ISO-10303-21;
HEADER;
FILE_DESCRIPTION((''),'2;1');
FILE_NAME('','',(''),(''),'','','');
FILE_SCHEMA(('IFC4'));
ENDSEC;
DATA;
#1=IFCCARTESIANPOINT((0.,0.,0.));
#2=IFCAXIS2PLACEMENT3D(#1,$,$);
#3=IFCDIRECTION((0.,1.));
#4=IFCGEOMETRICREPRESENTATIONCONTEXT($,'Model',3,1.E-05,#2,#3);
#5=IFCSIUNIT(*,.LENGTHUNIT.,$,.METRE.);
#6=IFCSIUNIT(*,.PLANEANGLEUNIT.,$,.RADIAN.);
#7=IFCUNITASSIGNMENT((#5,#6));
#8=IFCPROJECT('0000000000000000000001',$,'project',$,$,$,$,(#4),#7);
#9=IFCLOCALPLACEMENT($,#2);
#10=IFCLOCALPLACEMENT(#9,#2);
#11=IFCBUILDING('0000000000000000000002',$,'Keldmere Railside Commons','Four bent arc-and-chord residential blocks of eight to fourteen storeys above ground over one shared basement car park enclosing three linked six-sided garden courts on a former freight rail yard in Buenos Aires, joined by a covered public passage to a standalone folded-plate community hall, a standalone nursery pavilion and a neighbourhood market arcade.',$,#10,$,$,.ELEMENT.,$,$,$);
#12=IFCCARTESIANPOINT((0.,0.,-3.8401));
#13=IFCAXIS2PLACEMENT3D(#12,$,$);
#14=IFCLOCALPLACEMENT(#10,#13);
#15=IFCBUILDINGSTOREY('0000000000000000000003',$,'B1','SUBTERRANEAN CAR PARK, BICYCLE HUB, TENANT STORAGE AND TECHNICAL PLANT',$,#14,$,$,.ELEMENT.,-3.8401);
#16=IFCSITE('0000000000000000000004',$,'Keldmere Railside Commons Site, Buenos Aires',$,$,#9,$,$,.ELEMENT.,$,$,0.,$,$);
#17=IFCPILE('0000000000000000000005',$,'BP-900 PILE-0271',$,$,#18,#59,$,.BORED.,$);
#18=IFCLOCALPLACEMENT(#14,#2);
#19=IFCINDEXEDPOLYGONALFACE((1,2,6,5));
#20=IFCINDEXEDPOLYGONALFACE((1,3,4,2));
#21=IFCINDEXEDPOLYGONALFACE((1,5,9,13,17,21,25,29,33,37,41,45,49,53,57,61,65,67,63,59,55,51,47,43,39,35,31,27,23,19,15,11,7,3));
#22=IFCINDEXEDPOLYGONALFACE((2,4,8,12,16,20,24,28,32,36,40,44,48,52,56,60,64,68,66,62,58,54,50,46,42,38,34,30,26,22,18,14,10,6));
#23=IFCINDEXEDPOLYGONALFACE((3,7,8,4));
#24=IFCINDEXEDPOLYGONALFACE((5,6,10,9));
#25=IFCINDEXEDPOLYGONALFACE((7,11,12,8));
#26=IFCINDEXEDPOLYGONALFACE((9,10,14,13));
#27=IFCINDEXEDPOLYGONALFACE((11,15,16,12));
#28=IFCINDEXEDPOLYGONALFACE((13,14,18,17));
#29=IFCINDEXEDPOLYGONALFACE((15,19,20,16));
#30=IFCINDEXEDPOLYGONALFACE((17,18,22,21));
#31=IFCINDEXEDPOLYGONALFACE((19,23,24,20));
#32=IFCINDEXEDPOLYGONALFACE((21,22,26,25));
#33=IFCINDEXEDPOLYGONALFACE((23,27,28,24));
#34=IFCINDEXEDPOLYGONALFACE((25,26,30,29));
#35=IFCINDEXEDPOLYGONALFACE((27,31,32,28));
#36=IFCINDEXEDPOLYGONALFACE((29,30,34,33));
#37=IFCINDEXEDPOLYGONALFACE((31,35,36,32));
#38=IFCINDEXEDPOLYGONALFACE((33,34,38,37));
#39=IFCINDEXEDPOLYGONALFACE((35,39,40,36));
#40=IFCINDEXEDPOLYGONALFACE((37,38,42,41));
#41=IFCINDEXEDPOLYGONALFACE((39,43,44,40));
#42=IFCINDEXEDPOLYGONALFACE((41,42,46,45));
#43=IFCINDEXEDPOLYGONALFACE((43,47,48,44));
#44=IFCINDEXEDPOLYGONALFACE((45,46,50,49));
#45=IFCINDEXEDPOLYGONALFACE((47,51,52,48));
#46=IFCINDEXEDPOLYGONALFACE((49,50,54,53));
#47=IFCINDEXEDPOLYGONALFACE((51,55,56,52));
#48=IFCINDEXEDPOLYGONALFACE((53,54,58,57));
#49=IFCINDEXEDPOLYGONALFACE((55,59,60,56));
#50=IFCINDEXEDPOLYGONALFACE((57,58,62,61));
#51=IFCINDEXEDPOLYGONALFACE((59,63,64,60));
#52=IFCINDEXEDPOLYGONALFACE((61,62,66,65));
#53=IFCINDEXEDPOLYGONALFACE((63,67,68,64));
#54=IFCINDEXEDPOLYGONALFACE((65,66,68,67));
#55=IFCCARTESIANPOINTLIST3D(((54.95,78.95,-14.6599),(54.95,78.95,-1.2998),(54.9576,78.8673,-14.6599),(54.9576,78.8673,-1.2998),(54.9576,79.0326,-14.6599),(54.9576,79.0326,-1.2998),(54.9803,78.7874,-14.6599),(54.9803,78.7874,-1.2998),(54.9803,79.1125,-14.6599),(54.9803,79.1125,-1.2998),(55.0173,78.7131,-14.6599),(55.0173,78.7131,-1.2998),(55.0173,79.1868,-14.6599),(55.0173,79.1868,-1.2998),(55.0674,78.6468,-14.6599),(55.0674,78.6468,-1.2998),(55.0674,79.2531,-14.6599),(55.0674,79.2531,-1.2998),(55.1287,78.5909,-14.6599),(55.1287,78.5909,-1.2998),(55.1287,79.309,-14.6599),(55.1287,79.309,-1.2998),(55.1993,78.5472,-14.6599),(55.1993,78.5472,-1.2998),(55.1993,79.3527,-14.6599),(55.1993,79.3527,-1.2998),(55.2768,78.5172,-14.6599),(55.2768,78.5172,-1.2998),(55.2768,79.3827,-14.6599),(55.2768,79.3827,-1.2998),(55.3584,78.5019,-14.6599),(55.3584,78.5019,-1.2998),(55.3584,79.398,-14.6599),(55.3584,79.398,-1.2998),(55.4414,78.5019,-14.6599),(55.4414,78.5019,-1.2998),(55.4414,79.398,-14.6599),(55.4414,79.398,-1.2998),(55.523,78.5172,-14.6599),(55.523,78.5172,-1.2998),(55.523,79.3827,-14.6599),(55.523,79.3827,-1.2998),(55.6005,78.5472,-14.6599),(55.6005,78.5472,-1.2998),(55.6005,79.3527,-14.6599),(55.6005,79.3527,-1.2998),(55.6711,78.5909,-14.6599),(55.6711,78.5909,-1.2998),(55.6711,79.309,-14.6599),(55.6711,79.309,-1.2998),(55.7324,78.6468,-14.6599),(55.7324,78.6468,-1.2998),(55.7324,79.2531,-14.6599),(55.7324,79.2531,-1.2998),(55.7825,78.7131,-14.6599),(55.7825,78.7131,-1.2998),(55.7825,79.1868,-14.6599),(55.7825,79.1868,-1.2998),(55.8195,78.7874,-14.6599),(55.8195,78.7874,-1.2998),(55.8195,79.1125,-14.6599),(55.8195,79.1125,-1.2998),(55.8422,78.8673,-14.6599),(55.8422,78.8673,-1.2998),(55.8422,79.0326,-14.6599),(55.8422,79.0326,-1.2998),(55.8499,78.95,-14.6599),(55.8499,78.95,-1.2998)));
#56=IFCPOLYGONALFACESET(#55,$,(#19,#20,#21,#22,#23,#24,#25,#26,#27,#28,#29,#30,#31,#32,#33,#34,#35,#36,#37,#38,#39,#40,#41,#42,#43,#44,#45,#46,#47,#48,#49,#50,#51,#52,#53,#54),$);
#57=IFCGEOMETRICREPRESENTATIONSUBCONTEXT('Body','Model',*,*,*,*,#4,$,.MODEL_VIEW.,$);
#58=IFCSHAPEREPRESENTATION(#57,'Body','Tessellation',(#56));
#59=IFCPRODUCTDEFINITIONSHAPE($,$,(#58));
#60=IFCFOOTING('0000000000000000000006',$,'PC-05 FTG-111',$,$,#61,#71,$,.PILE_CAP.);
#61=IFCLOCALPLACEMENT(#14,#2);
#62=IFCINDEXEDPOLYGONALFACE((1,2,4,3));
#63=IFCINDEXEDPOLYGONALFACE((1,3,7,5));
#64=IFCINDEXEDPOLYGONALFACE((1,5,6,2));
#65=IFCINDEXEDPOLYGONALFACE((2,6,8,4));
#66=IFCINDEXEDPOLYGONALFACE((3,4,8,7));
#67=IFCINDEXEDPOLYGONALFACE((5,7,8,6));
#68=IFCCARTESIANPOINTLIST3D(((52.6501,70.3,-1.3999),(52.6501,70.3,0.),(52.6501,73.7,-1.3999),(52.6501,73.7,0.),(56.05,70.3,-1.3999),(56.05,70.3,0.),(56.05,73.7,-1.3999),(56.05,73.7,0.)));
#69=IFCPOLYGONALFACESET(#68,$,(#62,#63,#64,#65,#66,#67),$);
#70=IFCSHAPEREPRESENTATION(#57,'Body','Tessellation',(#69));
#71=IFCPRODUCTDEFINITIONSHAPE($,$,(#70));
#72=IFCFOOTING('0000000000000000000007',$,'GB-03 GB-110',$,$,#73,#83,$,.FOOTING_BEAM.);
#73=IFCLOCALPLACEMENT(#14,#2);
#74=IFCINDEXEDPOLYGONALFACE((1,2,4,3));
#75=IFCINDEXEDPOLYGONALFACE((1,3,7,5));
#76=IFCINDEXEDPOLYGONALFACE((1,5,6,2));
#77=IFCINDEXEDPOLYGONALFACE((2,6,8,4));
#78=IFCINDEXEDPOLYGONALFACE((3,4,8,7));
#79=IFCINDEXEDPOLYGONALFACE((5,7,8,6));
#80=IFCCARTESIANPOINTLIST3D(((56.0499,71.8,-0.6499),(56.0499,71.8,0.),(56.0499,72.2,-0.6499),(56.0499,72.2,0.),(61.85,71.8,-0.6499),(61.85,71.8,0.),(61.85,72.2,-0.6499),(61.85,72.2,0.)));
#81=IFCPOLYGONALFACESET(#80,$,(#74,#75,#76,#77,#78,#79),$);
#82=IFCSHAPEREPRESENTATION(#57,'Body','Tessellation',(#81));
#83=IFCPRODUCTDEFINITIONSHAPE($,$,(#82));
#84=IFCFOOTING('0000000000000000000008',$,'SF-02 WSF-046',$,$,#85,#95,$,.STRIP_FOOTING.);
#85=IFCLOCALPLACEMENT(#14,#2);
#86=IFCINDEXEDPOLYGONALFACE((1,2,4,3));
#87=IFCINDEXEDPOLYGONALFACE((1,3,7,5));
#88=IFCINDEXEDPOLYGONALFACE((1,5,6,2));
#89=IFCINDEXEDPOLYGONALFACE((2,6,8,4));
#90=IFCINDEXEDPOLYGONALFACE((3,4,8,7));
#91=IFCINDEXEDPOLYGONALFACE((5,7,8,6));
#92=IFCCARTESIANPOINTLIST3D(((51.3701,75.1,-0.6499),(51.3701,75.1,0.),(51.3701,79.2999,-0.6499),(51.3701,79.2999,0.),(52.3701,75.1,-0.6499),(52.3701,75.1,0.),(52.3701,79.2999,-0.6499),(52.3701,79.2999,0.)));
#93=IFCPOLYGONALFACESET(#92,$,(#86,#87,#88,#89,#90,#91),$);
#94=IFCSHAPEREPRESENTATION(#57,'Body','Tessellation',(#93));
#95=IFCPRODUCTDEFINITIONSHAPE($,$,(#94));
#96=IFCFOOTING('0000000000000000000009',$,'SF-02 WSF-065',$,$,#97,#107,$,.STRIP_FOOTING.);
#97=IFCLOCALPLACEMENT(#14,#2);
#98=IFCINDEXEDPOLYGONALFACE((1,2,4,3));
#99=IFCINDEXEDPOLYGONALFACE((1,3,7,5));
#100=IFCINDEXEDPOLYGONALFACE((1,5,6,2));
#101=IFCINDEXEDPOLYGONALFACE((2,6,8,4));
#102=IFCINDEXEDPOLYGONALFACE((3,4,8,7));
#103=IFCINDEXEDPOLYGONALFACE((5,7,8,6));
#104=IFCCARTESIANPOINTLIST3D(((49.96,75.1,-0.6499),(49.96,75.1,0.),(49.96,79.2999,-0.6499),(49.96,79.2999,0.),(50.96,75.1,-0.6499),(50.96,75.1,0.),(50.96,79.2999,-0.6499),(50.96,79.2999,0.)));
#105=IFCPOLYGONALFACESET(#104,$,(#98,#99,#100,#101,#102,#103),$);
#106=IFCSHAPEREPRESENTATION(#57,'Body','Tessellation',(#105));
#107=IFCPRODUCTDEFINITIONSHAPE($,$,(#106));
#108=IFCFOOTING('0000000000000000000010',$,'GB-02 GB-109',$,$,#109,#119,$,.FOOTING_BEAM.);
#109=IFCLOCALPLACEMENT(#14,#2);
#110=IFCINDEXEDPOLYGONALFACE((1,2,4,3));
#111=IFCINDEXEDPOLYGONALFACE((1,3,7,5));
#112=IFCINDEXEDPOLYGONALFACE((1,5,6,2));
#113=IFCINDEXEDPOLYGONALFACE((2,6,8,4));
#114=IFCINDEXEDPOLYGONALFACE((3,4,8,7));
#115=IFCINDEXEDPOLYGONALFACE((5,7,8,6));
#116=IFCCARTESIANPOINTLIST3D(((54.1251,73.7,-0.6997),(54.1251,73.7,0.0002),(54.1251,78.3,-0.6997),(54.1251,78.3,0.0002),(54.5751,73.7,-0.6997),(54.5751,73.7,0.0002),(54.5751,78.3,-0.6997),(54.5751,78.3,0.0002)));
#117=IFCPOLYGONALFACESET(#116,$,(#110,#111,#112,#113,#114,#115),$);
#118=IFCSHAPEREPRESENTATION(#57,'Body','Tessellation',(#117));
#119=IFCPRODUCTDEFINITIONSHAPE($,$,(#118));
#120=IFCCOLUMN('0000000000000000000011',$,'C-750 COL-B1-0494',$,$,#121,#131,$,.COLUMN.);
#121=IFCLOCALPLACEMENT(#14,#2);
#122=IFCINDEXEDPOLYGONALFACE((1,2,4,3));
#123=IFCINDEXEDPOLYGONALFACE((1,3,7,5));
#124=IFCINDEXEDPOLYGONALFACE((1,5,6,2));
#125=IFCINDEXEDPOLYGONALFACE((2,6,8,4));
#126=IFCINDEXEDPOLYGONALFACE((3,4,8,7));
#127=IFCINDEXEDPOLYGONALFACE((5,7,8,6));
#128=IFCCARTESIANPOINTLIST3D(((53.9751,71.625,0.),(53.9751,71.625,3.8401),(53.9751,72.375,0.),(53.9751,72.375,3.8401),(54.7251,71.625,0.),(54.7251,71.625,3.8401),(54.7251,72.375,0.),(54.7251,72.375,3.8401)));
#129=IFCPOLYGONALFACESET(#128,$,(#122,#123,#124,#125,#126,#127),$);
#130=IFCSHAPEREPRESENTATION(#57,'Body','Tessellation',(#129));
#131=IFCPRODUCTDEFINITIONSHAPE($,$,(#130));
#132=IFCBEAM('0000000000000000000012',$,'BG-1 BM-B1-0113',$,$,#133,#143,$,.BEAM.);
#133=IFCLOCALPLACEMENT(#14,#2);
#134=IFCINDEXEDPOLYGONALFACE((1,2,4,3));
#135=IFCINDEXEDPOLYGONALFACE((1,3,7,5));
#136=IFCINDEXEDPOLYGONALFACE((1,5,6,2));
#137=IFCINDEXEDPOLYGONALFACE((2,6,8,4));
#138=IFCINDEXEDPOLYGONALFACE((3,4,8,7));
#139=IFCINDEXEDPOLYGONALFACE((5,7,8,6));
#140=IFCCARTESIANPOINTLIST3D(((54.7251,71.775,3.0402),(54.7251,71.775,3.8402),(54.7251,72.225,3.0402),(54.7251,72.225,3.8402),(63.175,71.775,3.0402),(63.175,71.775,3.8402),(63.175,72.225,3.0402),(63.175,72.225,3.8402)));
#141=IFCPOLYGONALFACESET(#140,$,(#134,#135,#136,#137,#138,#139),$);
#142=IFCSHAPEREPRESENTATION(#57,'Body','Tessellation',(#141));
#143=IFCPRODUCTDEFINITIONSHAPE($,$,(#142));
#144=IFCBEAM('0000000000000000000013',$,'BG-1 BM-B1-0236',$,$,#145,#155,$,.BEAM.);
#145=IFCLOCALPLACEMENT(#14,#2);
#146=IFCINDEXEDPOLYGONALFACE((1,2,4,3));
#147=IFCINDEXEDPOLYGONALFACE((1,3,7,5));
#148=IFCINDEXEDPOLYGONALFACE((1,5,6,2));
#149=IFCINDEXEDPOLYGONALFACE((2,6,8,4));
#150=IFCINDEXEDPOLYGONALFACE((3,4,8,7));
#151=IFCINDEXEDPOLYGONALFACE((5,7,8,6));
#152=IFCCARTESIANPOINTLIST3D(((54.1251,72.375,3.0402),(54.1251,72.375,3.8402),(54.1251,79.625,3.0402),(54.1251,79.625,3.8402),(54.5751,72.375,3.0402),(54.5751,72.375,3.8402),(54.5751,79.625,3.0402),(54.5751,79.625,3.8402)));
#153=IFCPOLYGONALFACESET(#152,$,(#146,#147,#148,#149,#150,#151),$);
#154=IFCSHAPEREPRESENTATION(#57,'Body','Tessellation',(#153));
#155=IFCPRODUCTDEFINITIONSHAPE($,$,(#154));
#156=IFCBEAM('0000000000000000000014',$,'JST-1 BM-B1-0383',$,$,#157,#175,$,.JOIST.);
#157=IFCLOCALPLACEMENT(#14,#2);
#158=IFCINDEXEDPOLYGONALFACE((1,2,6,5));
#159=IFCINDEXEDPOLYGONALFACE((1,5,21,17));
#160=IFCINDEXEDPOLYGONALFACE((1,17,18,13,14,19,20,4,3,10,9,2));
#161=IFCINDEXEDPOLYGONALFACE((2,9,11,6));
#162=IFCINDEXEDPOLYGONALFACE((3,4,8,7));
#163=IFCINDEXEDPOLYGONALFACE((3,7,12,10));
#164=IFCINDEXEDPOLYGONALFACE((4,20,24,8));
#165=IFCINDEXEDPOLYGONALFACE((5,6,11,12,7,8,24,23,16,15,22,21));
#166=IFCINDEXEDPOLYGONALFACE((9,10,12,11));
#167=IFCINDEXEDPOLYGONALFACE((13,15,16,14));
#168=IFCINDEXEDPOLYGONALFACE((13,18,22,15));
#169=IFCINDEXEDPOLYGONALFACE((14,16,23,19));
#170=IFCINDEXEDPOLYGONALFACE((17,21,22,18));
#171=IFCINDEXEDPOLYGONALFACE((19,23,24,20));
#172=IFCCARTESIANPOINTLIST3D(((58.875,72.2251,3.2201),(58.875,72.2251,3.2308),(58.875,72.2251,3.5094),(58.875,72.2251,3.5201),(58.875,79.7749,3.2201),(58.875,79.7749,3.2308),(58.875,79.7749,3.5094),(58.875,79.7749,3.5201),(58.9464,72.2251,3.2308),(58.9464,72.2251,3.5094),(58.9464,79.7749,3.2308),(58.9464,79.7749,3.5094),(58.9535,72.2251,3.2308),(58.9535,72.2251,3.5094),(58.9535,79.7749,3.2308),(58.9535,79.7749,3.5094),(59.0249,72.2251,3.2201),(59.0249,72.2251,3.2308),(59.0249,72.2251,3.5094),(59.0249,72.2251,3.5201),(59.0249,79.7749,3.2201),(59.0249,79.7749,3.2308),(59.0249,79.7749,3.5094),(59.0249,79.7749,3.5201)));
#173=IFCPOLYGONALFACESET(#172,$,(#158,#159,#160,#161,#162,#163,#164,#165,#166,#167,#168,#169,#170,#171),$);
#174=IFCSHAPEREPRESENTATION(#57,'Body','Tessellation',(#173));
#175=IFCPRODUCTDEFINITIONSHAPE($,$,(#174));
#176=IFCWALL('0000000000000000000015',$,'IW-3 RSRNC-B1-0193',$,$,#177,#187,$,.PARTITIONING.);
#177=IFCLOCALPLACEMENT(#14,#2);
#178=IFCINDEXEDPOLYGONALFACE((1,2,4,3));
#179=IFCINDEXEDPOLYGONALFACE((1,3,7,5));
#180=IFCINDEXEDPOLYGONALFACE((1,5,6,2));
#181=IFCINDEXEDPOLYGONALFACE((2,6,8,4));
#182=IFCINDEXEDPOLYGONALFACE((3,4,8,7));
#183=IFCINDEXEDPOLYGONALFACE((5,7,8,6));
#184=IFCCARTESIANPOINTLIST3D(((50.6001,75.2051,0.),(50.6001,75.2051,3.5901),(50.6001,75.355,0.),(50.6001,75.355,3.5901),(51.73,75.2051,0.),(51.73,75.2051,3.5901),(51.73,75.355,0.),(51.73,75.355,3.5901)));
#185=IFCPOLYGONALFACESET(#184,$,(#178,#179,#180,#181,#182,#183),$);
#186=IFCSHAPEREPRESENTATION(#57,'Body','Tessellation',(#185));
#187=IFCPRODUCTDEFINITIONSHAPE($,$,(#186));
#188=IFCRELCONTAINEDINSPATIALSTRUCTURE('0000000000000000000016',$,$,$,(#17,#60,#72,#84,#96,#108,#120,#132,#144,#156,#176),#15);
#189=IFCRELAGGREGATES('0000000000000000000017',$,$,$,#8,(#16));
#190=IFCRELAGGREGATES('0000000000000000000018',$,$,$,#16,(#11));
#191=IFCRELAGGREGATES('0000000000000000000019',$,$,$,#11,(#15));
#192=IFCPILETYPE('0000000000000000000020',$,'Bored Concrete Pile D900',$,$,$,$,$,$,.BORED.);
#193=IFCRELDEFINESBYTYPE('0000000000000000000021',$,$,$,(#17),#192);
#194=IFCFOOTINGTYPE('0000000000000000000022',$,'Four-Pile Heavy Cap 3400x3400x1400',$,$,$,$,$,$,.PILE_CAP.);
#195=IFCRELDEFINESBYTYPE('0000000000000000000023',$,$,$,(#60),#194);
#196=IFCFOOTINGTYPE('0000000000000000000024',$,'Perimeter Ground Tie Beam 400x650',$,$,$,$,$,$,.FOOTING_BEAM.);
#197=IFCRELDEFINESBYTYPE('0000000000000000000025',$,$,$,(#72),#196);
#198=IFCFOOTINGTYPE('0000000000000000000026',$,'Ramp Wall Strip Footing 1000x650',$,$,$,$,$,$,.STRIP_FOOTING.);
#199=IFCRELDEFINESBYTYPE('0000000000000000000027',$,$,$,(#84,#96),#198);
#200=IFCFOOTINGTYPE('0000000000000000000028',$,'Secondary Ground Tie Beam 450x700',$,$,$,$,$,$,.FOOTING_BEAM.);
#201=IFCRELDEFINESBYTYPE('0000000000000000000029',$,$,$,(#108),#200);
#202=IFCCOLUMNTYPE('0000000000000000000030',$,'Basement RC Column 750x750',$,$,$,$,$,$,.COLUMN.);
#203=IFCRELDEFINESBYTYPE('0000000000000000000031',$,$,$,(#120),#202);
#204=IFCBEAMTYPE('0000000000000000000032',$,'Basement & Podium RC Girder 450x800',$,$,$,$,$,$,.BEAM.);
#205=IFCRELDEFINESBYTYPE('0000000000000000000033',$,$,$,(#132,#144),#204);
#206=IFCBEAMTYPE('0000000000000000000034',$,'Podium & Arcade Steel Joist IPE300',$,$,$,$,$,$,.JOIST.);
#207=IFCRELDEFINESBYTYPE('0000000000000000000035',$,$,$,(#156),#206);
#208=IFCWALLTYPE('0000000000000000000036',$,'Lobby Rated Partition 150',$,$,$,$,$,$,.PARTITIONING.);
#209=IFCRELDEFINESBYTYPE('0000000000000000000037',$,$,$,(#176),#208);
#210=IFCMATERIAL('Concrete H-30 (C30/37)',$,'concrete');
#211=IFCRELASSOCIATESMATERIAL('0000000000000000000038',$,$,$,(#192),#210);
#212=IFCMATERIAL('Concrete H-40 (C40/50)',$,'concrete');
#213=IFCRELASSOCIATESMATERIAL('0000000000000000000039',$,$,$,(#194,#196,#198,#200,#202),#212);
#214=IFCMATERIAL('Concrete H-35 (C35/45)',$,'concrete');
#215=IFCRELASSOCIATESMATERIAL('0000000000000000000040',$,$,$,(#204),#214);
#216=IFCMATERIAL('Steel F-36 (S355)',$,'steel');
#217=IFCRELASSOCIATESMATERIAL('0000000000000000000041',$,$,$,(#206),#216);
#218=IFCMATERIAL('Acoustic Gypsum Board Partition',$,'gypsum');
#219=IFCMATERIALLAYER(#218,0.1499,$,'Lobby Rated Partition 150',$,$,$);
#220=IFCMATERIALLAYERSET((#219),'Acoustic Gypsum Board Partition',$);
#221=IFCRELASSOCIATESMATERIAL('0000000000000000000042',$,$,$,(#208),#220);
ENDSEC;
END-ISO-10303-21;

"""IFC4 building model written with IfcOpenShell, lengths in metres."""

from ifc_helpers import new_model, si_unit, direction, frame, frame_2d, origin, origin_2d, place, context, subcontext, project, spatial, rectangle, circle, i_section, extrude, material, layer, layer_set, material_profile, profile_set, type_object, element, save


model = new_model("IFC4")

# Units and contexts
model_context = context("Model", 3, precision=1e-05, world=origin(), true_north=direction((0.0, 1.0)))
body_context = subcontext(model_context, "Body", "Model", "MODEL_VIEW")
ifc_project = project(units=[si_unit("LENGTHUNIT", "METRE"), si_unit("PLANEANGLEUNIT", "RADIAN")], contexts=[model_context])

# Site, building, storey
site_placement = place(None, origin())
site = spatial("IfcSite", under=ifc_project, at=site_placement, Name="Keldmere Railside Commons Site, Buenos Aires", CompositionType="ELEMENT", RefElevation=0.0)
building_placement = place(site_placement, origin())
building = spatial("IfcBuilding", under=site, at=building_placement, Name="Keldmere Railside Commons", Description="Four bent arc-and-chord residential blocks of eight to fourteen storeys above ground over one shared basement car park enclosing three linked six-sided garden courts on a former freight rail yard in Buenos Aires, joined by a covered public passage to a standalone folded-plate community hall, a standalone nursery pavilion and a neighbourhood market arcade.", CompositionType="ELEMENT")
storey_placement = place(building_placement, frame((0.0, 0.0, -3.8401)))
storey = spatial("IfcBuildingStorey", under=building, at=storey_placement, Name="B1", Description="SUBTERRANEAN CAR PARK, BICYCLE HUB, TENANT STORAGE AND TECHNICAL PLANT", CompositionType="ELEMENT", Elevation=-3.8401)

# Pile
ifc_material_1 = material(Name="Concrete H-30 (C30/37)", Category="concrete")
ifc_material_profile_1 = material_profile(ifc_material_1, circle(Radius=0.45, at=origin_2d()), Name="PILE-D900")
ifc_profile_set_1 = profile_set([ifc_material_profile_1], Name="Concrete H-30 (C30/37)")
pile_type = type_object("IfcPileType", Name="Bored Concrete Pile D900", PredefinedType="BORED", material=ifc_profile_set_1)
for number, where, z_axis, x_axis, name in (
    (1, (55.3999, 78.95, -1.2998), (0.0, 0.0, -1.0), (1.0, 0.0, 0.0), "BP-900 PILE-0271"),
):
    element("IfcPile", number, at=place(storey_placement, frame(where, z_axis=z_axis, x_axis=x_axis)), inside=storey, type_object=pile_type, Name=name, PredefinedType="BORED", context=body_context, shape_type="SweptSolid", body=[
        extrude(circle(Radius=0.45, at=origin_2d()), origin(), (0.0, 0.0, 1.0), 13.3601),
    ])

# Footings
ifc_material_2 = material(Name="Concrete H-40 (C40/50)", Category="concrete")
footing_type_1 = type_object("IfcFootingType", Name="Four-Pile Heavy Cap 3400x3400x1400", PredefinedType="PILE_CAP", material=ifc_material_2)
footing_1_placement = place(storey_placement, frame((54.3501, 72.0, -1.3999), z_axis=(0.0, 0.0, 1.0), x_axis=(1.0, 0.0, 0.0)))
element("IfcFooting", 2, at=footing_1_placement, inside=storey, type_object=footing_type_1, Name="PC-05 FTG-111", PredefinedType="PILE_CAP", context=body_context, shape_type="SweptSolid", body=[
    extrude(rectangle(XDim=3.3999, YDim=3.3999, at=origin_2d()), origin(), (0.0, 0.0, 1.0), 1.3999),
])
footing_type_2 = type_object("IfcFootingType", Name="Perimeter Ground Tie Beam 400x650", PredefinedType="FOOTING_BEAM", material=ifc_material_2)
footing_2_placement = place(storey_placement, frame((58.95, 72.0, -0.6499), z_axis=(0.0, 0.0, 1.0), x_axis=(1.0, 0.0, 0.0)))
element("IfcFooting", 3, at=footing_2_placement, inside=storey, type_object=footing_type_2, Name="GB-03 GB-110", PredefinedType="FOOTING_BEAM", context=body_context, shape_type="SweptSolid", body=[
    extrude(rectangle(XDim=5.8, YDim=0.3999, at=origin_2d()), origin(), (0.0, 0.0, 1.0), 0.6499),
])
footing_type_3 = type_object("IfcFootingType", Name="Ramp Wall Strip Footing 1000x650", PredefinedType="STRIP_FOOTING", material=ifc_material_2)
for number, where, z_axis, x_axis, name in (
    (4, (51.8701, 77.2, -0.6499), (0.0, 0.0, 1.0), (0.0, 1.0, 0.0), "SF-02 WSF-046"),
    (5, (50.46, 77.2, -0.6499), (0.0, 0.0, 1.0), (0.0, 1.0, 0.0), "SF-02 WSF-065"),
):
    element("IfcFooting", number, at=place(storey_placement, frame(where, z_axis=z_axis, x_axis=x_axis)), inside=storey, type_object=footing_type_3, Name=name, PredefinedType="STRIP_FOOTING", context=body_context, shape_type="SweptSolid", body=[
        extrude(rectangle(XDim=4.2, YDim=1.0, at=origin_2d()), origin(), (0.0, 0.0, 1.0), 0.6499),
    ])
footing_type_4 = type_object("IfcFootingType", Name="Secondary Ground Tie Beam 450x700", PredefinedType="FOOTING_BEAM", material=ifc_material_2)
footing_3_placement = place(storey_placement, frame((54.3501, 76.0, -0.6997), z_axis=(0.0, 0.0, 1.0), x_axis=(0.0, 1.0, 0.0)))
element("IfcFooting", 6, at=footing_3_placement, inside=storey, type_object=footing_type_4, Name="GB-02 GB-109", PredefinedType="FOOTING_BEAM", context=body_context, shape_type="SweptSolid", body=[
    extrude(rectangle(XDim=4.6001, YDim=0.45, at=origin_2d()), origin(), (0.0, 0.0, 1.0), 0.7),
])

# Column
ifc_material_profile_2 = material_profile(ifc_material_2, rectangle(XDim=0.75, YDim=0.75, at=origin_2d()), Name="RC-750x750")
ifc_profile_set_2 = profile_set([ifc_material_profile_2], Name="Concrete H-40 (C40/50)")
column_type = type_object("IfcColumnType", Name="Basement RC Column 750x750", PredefinedType="COLUMN", material=ifc_profile_set_2)
column_placement = place(storey_placement, frame((54.3501, 72.0, 0.0), z_axis=(0.0, 0.0, 1.0), x_axis=(1.0, 0.0, 0.0)))
element("IfcColumn", 7, at=column_placement, inside=storey, type_object=column_type, Name="C-750 COL-B1-0494", PredefinedType="COLUMN", context=body_context, shape_type="SweptSolid", body=[
    extrude(rectangle(XDim=0.75, YDim=0.75, at=origin_2d()), origin(), (0.0, 0.0, 1.0), 3.8401),
])

# Beams
ifc_material_3 = material(Name="Concrete H-35 (C35/45)", Category="concrete")
ifc_material_profile_3 = material_profile(ifc_material_3, rectangle(XDim=0.45, YDim=0.8, at=origin_2d()), Name="RC-450x800")
ifc_profile_set_3 = profile_set([ifc_material_profile_3], Name="Concrete H-35 (C35/45)")
beam_type_1 = type_object("IfcBeamType", Name="Basement & Podium RC Girder 450x800", PredefinedType="BEAM", material=ifc_profile_set_3)
beam_1_placement = place(storey_placement, frame((54.7251, 72.0, 3.4402), z_axis=(1.0, 0.0, 0.0), x_axis=(0.0, 1.0, 0.0)))
element("IfcBeam", 8, at=beam_1_placement, inside=storey, type_object=beam_type_1, Name="BG-1 BM-B1-0113", PredefinedType="BEAM", context=body_context, shape_type="SweptSolid", body=[
    extrude(rectangle(XDim=0.45, YDim=0.8, at=origin_2d()), origin(), (0.0, 0.0, 1.0), 8.45),
])
beam_2_placement = place(storey_placement, frame((54.3501, 72.375, 3.4402), z_axis=(0.0, 1.0, 0.0), x_axis=(-1.0, 0.0, 0.0)))
element("IfcBeam", 9, at=beam_2_placement, inside=storey, type_object=beam_type_1, Name="BG-1 BM-B1-0236", PredefinedType="BEAM", context=body_context, shape_type="SweptSolid", body=[
    extrude(rectangle(XDim=0.45, YDim=0.8, at=origin_2d()), origin(), (0.0, 0.0, 1.0), 7.25),
])
ifc_material_4 = material(Name="Steel F-36 (S355)", Category="steel")
ifc_material_profile_4 = material_profile(ifc_material_4, i_section(OverallWidth=0.1499, OverallDepth=0.3, WebThickness=0.0071, FlangeThickness=0.0107, at=origin_2d()), Name="IPE-300")
ifc_profile_set_4 = profile_set([ifc_material_profile_4], Name="Steel F-36 (S355)")
beam_type_2 = type_object("IfcBeamType", Name="Podium & Arcade Steel Joist IPE300", PredefinedType="JOIST", material=ifc_profile_set_4)
beam_3_placement = place(storey_placement, frame((58.95, 72.2251, 3.3701), z_axis=(0.0, 1.0, 0.0), x_axis=(-1.0, 0.0, 0.0)))
element("IfcBeam", 10, at=beam_3_placement, inside=storey, type_object=beam_type_2, Name="JST-1 BM-B1-0383", PredefinedType="JOIST", context=body_context, shape_type="SweptSolid", body=[
    extrude(i_section(OverallWidth=0.1499, OverallDepth=0.3, WebThickness=0.0071, FlangeThickness=0.0107, at=origin_2d()), origin(), (0.0, 0.0, 1.0), 7.5498),
])

# Wall
ifc_material_5 = material(Name="Acoustic Gypsum Board Partition", Category="gypsum")
ifc_layer_1 = layer(ifc_material_5, 0.1499, Name="Lobby Rated Partition 150")
ifc_layer_set_1 = layer_set([ifc_layer_1], Name="Acoustic Gypsum Board Partition")
wall_type_1 = type_object("IfcWallType", Name="Lobby Rated Partition 150", PredefinedType="PARTITIONING", material=ifc_layer_set_1)
wall_1_placement = place(storey_placement, frame((50.6001, 75.28, 0.0), z_axis=(0.0, 0.0, 1.0), x_axis=(1.0, 0.0, 0.0)))
element("IfcWall", 11, at=wall_1_placement, inside=storey, type_object=wall_type_1, Name="IW-3 RSRNC-B1-0193", PredefinedType="PARTITIONING", context=body_context, shape_type="SweptSolid", body=[
    extrude(rectangle(XDim=1.1299, YDim=0.1499, at=frame_2d((0.5649, 0.0))), origin(), (0.0, 0.0, 1.0), 3.5901),
])

save(model, "model.ifc")
